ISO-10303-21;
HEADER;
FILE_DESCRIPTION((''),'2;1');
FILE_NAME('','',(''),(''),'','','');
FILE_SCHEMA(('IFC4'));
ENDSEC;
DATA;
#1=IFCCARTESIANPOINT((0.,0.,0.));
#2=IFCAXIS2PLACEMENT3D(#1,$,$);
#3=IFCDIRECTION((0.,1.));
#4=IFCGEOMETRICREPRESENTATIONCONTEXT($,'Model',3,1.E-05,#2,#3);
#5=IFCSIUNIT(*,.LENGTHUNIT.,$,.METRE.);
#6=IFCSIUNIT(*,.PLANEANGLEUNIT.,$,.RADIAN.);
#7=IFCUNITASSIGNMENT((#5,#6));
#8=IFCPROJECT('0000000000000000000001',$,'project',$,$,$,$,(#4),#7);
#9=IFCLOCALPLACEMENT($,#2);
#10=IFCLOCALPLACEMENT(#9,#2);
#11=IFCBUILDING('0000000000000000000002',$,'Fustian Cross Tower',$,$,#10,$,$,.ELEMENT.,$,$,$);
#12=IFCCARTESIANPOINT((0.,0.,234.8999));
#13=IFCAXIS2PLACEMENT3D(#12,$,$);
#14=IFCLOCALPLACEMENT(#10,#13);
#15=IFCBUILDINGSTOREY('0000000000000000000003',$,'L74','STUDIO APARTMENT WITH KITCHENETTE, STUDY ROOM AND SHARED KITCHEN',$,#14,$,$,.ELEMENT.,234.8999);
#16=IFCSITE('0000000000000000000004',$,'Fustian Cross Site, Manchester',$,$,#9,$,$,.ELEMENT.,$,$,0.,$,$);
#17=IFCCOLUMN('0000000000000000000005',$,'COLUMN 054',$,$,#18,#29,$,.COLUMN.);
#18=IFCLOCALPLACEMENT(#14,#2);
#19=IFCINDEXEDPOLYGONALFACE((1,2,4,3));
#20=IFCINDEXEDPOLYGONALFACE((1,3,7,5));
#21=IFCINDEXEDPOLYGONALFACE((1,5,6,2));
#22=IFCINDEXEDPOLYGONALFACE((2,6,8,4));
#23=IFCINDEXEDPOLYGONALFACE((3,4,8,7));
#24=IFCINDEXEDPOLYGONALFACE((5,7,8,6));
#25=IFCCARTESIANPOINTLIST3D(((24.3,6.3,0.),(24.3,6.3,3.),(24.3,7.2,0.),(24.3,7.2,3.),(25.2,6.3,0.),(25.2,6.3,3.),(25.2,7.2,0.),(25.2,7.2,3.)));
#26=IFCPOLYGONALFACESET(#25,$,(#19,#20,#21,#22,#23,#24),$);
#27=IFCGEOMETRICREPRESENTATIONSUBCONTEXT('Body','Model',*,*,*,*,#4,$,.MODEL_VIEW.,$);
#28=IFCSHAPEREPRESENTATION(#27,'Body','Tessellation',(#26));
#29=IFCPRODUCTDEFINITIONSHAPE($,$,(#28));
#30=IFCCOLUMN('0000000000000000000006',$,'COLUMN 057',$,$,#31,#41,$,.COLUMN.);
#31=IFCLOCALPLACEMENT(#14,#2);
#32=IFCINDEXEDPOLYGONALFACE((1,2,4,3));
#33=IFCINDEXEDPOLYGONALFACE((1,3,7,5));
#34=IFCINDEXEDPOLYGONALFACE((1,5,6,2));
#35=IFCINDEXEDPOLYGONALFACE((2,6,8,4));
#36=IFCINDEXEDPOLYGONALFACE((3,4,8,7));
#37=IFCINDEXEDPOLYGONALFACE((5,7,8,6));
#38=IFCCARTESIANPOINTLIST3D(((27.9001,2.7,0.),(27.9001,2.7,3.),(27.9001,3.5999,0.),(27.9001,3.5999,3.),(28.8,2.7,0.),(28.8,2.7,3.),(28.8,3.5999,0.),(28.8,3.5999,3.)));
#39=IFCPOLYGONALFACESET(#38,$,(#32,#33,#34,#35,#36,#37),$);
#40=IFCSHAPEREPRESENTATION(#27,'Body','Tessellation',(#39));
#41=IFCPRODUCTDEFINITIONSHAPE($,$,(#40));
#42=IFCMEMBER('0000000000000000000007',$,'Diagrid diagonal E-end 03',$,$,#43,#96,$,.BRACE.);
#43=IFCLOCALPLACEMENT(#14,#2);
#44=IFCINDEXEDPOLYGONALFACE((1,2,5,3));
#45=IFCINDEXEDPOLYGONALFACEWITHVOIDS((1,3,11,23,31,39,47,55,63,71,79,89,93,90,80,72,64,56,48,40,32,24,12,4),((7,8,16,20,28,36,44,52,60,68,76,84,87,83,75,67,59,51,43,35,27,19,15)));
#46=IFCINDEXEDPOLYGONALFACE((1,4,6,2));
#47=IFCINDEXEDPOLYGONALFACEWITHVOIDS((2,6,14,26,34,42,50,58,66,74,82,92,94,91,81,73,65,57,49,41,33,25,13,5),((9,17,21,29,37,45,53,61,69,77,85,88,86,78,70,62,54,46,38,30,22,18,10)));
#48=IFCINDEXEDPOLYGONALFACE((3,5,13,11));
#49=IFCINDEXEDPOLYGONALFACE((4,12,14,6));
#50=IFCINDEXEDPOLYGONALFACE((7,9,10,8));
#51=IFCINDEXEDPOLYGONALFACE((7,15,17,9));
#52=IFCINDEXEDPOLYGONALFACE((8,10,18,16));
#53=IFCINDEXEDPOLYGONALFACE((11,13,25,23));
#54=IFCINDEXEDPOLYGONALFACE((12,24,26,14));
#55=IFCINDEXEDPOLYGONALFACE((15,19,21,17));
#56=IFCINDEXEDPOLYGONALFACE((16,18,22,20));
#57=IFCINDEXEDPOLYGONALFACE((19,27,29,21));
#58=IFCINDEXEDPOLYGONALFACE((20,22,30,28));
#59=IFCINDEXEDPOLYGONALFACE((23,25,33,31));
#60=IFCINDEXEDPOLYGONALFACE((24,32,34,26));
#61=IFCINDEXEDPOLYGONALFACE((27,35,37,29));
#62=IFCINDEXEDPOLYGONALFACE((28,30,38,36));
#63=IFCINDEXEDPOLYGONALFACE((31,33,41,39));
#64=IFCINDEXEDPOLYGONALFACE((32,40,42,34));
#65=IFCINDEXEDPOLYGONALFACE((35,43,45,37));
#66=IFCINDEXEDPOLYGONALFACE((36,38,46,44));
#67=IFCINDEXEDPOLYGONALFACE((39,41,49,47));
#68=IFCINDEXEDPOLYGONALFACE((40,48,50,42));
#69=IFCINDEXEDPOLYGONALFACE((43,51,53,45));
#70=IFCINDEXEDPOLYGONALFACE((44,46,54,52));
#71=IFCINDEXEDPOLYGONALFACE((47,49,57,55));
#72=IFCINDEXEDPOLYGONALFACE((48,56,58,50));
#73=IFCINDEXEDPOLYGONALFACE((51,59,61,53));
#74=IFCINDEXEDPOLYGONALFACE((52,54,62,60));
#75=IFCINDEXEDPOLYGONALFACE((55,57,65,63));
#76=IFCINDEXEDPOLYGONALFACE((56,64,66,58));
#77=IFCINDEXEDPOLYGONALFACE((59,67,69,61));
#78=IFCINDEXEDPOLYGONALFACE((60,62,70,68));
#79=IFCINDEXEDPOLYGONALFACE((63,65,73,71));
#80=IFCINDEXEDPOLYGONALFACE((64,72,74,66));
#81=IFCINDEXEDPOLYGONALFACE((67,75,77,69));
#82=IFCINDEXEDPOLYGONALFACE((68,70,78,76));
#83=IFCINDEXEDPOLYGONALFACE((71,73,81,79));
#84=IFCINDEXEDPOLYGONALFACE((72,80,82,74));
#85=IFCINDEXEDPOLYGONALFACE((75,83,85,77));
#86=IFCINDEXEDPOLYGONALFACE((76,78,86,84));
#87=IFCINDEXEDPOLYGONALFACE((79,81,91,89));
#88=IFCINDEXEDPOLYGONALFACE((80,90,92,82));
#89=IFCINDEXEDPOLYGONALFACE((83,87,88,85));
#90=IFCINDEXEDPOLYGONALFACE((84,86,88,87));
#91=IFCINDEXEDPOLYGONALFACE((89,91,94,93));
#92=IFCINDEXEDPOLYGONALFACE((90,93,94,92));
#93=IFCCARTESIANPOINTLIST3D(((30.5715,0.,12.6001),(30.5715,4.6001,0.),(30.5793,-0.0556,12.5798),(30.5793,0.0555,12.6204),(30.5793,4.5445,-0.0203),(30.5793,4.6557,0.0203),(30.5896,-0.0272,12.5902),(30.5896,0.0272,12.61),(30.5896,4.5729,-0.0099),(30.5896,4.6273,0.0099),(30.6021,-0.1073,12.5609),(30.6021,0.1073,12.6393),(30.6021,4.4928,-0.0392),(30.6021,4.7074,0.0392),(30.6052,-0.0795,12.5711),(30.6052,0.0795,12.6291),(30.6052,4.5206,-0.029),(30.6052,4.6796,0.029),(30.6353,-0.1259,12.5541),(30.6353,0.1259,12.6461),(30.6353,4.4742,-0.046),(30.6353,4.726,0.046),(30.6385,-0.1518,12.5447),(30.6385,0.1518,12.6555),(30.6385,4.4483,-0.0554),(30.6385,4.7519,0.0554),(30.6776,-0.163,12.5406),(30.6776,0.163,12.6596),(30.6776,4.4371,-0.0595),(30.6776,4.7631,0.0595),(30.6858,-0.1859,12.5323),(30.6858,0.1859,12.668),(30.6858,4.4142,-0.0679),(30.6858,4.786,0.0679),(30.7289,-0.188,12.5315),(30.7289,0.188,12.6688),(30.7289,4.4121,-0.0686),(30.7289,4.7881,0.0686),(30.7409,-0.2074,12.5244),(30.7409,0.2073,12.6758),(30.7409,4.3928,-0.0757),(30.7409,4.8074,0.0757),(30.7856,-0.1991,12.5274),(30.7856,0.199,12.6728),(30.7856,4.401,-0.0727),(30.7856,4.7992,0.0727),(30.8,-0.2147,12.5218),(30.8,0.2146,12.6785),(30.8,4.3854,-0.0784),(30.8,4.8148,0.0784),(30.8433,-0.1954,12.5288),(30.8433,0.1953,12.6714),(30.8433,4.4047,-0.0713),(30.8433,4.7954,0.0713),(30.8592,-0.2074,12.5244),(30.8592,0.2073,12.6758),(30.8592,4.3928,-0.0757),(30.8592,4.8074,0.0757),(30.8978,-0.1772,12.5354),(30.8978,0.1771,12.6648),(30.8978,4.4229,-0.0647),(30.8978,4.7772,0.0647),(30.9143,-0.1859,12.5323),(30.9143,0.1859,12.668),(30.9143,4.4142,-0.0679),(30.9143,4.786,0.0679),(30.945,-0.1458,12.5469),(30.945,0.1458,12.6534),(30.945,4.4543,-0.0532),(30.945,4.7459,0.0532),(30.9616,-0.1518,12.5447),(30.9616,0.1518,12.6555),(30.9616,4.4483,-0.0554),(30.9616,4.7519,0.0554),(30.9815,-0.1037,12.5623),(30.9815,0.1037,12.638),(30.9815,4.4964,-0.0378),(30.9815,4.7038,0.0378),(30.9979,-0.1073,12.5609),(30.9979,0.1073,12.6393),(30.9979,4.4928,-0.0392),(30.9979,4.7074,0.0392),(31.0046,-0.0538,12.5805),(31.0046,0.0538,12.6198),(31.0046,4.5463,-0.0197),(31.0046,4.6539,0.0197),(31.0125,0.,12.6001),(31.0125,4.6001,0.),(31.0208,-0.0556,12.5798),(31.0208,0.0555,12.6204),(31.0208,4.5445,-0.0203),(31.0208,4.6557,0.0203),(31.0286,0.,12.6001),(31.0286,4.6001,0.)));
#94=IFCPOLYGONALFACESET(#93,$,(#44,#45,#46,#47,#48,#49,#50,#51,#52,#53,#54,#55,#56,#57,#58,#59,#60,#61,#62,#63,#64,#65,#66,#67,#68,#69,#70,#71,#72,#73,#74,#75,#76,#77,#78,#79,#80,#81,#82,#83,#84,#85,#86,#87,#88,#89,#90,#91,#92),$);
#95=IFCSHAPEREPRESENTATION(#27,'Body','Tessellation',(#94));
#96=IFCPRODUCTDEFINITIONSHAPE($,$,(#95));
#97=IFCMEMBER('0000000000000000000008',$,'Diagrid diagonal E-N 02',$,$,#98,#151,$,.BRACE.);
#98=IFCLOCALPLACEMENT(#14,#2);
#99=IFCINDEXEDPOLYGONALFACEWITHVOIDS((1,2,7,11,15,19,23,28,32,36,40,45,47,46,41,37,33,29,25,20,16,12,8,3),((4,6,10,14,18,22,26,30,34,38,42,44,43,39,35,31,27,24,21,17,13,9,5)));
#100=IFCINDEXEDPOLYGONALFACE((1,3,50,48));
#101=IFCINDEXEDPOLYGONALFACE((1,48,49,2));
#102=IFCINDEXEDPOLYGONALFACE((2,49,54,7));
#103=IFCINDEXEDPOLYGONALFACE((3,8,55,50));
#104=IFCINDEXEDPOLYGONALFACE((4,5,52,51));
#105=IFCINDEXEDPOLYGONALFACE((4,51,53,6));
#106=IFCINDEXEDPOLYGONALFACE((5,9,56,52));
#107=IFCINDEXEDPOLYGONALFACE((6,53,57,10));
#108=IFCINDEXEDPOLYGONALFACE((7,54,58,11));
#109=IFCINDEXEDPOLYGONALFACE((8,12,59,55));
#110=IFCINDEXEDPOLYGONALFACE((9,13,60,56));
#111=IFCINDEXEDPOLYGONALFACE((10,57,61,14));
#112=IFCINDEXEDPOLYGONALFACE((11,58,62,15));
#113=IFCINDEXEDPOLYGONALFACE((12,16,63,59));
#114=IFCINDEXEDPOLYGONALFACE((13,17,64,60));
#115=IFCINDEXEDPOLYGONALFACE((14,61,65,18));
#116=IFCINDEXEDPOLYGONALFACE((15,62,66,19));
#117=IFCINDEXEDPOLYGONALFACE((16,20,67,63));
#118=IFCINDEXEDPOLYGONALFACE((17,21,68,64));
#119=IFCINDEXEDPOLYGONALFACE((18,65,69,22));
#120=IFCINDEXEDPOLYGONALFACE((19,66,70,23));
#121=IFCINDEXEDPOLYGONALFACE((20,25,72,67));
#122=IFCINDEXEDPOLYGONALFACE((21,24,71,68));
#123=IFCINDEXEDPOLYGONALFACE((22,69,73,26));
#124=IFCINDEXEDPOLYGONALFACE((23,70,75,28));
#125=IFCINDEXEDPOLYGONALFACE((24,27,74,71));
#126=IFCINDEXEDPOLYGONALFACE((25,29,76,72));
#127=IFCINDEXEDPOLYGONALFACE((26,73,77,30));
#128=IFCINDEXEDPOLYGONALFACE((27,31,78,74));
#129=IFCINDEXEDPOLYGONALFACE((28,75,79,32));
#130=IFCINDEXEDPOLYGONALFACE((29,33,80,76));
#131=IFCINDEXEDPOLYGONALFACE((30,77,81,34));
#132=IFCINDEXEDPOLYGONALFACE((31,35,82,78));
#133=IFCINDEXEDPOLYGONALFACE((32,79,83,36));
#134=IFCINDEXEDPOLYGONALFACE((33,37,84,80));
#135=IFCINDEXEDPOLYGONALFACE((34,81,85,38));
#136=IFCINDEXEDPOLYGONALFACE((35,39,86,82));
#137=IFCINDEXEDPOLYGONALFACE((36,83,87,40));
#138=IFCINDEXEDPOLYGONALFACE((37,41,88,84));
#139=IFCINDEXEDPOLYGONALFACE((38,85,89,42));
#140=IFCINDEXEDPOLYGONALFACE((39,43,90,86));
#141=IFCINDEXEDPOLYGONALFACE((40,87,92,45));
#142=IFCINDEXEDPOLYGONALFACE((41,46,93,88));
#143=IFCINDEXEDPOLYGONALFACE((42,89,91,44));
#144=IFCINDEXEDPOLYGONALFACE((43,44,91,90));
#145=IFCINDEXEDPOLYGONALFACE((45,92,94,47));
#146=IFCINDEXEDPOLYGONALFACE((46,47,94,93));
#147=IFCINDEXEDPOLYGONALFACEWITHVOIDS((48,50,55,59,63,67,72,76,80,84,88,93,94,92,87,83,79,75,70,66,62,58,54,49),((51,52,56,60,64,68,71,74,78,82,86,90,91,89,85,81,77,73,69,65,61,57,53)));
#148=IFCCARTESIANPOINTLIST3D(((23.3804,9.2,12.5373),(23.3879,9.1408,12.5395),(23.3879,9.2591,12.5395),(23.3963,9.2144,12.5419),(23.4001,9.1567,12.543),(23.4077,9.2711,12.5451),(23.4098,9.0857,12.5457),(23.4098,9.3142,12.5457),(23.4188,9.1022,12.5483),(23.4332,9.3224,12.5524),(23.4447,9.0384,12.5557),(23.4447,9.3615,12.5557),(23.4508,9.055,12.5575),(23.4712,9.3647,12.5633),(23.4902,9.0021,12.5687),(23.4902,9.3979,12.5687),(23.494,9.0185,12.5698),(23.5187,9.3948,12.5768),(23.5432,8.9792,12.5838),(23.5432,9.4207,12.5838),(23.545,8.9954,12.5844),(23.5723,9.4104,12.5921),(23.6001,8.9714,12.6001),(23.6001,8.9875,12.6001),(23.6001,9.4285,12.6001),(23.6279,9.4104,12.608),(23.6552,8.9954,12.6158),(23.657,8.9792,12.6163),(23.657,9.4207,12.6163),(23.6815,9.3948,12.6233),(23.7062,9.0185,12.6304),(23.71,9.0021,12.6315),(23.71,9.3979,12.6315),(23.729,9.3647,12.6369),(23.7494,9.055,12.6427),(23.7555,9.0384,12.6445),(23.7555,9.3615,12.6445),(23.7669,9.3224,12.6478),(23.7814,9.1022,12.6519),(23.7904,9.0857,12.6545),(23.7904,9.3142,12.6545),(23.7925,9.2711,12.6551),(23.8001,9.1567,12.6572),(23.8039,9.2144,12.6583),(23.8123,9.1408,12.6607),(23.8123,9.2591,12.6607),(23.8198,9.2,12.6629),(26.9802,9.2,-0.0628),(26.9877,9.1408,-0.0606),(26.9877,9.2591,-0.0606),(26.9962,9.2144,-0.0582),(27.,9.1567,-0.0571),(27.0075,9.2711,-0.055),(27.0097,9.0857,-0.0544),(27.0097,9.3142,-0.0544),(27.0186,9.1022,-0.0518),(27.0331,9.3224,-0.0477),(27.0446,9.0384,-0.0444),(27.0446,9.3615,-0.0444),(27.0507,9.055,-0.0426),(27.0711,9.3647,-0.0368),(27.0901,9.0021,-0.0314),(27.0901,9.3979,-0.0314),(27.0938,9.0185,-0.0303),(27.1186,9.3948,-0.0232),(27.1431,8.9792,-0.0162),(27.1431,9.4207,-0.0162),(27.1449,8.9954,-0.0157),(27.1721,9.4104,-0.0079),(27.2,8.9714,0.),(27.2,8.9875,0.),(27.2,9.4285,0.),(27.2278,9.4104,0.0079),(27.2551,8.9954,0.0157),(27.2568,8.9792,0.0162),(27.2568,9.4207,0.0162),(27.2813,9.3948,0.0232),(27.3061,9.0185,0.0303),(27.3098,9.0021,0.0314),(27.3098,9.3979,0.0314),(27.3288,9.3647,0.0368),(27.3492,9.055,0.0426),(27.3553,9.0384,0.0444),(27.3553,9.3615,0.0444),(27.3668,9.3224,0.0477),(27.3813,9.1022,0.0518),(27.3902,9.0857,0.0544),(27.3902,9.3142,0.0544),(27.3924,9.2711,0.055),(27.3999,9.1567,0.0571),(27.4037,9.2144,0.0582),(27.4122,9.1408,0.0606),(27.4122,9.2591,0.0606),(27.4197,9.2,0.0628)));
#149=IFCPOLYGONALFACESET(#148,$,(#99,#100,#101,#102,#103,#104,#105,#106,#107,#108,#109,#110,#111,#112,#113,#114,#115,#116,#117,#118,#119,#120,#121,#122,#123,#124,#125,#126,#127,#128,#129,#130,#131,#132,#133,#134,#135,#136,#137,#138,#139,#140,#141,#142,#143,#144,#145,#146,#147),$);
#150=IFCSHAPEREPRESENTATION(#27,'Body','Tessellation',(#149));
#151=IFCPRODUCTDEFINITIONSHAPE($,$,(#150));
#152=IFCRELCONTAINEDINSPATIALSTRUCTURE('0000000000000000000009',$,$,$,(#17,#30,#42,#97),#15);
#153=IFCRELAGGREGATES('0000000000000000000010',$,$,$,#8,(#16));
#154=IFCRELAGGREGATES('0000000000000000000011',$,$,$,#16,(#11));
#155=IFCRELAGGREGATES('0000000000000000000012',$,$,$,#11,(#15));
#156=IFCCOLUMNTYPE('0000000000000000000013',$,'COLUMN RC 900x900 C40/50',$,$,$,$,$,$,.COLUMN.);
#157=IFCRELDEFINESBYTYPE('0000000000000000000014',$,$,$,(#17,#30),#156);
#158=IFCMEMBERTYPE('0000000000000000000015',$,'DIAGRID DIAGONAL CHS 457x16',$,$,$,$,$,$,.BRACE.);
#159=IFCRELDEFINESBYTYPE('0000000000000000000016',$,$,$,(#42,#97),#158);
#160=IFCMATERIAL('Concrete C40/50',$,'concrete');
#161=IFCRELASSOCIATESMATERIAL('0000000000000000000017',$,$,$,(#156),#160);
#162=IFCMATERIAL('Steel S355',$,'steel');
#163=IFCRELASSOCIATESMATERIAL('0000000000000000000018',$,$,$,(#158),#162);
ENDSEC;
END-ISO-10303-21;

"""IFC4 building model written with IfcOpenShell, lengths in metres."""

from ifc_helpers import new_model, si_unit, direction, frame, origin, origin_2d, place, context, subcontext, project, spatial, rectangle, hollow_circle, extrude, material, material_profile, profile_set, type_object, element, save


model = new_model("IFC4")

# Units and contexts
model_context = context("Model", 3, precision=1e-05, world=origin(), true_north=direction((0.0, 1.0)))
body_context = subcontext(model_context, "Body", "Model", "MODEL_VIEW")
ifc_project = project(units=[si_unit("LENGTHUNIT", "METRE"), si_unit("PLANEANGLEUNIT", "RADIAN")], contexts=[model_context])

# Site, building, storey
site_placement = place(None, origin())
site = spatial("IfcSite", under=ifc_project, at=site_placement, Name="Fustian Cross Site, Manchester", CompositionType="ELEMENT", RefElevation=0.0)
building_placement = place(site_placement, origin())
building = spatial("IfcBuilding", under=site, at=building_placement, Name="Fustian Cross Tower", CompositionType="ELEMENT")
storey_placement = place(building_placement, frame((0.0, 0.0, 234.8999)))
storey = spatial("IfcBuildingStorey", under=building, at=storey_placement, Name="L74", Description="STUDIO APARTMENT WITH KITCHENETTE, STUDY ROOM AND SHARED KITCHEN", CompositionType="ELEMENT", Elevation=234.8999)

# Columns
ifc_material_1 = material(Name="Concrete C40/50", Category="concrete")
ifc_material_profile_1 = material_profile(ifc_material_1, rectangle(XDim=0.8999, YDim=0.8999, at=origin_2d()), Name="RC 900x900")
ifc_profile_set_1 = profile_set([ifc_material_profile_1], Name="Concrete C40/50")
column_type = type_object("IfcColumnType", Name="COLUMN RC 900x900 C40/50", PredefinedType="COLUMN", material=ifc_profile_set_1)
for number, where, z_axis, x_axis, name in (
    (1, (24.75, 6.75, 0.0), (0.0, 0.0, 1.0), (1.0, 0.0, 0.0), "COLUMN 054"),
    (2, (28.3501, 3.1499, 0.0), (0.0, 0.0, 1.0), (1.0, 0.0, 0.0), "COLUMN 057"),
):
    element("IfcColumn", number, at=place(storey_placement, frame(where, z_axis=z_axis, x_axis=x_axis)), inside=storey, type_object=column_type, Name=name, PredefinedType="COLUMN", context=body_context, shape_type="SweptSolid", body=[
        extrude(rectangle(XDim=0.8999, YDim=0.8999, at=origin_2d()), origin(), (0.0, 0.0, 1.0), 3.0),
    ])

# Members
ifc_material_2 = material(Name="Steel S355", Category="steel")
ifc_material_profile_2 = material_profile(ifc_material_2, hollow_circle(Radius=0.2285, WallThickness=0.0161, at=origin_2d()), Name="CHS 457x16")
ifc_profile_set_2 = profile_set([ifc_material_profile_2], Name="Steel S355")
member_type_1 = type_object("IfcMemberType", Name="DIAGRID DIAGONAL CHS 457x16", PredefinedType="BRACE", material=ifc_profile_set_2)
member_1_placement = place(storey_placement, frame((30.8, 4.6001, 0.0), z_axis=(0.0, -0.342944, 0.939356), x_axis=(1.0, 0.0, 0.0)))
element("IfcMember", 3, at=member_1_placement, inside=storey, type_object=member_type_1, Name="Diagrid diagonal E-end 03", PredefinedType="BRACE", context=body_context, shape_type="SweptSolid", body=[
    extrude(hollow_circle(Radius=0.2285, WallThickness=0.0161, at=origin_2d()), origin(), (0.0, 0.0, 1.0), 13.4136),
])
member_2_placement = place(storey_placement, frame((27.2, 9.2, 0.0), z_axis=(-0.274709, 0.0, 0.961527), x_axis=(0.0, -1.0, 0.0)))
element("IfcMember", 4, at=member_2_placement, inside=storey, type_object=member_type_1, Name="Diagrid diagonal E-N 02", PredefinedType="BRACE", context=body_context, shape_type="SweptSolid", body=[
    extrude(hollow_circle(Radius=0.2285, WallThickness=0.0161, at=origin_2d()), origin(), (0.0, 0.0, 1.0), 13.1042),
])

save(model, "model.ifc")
